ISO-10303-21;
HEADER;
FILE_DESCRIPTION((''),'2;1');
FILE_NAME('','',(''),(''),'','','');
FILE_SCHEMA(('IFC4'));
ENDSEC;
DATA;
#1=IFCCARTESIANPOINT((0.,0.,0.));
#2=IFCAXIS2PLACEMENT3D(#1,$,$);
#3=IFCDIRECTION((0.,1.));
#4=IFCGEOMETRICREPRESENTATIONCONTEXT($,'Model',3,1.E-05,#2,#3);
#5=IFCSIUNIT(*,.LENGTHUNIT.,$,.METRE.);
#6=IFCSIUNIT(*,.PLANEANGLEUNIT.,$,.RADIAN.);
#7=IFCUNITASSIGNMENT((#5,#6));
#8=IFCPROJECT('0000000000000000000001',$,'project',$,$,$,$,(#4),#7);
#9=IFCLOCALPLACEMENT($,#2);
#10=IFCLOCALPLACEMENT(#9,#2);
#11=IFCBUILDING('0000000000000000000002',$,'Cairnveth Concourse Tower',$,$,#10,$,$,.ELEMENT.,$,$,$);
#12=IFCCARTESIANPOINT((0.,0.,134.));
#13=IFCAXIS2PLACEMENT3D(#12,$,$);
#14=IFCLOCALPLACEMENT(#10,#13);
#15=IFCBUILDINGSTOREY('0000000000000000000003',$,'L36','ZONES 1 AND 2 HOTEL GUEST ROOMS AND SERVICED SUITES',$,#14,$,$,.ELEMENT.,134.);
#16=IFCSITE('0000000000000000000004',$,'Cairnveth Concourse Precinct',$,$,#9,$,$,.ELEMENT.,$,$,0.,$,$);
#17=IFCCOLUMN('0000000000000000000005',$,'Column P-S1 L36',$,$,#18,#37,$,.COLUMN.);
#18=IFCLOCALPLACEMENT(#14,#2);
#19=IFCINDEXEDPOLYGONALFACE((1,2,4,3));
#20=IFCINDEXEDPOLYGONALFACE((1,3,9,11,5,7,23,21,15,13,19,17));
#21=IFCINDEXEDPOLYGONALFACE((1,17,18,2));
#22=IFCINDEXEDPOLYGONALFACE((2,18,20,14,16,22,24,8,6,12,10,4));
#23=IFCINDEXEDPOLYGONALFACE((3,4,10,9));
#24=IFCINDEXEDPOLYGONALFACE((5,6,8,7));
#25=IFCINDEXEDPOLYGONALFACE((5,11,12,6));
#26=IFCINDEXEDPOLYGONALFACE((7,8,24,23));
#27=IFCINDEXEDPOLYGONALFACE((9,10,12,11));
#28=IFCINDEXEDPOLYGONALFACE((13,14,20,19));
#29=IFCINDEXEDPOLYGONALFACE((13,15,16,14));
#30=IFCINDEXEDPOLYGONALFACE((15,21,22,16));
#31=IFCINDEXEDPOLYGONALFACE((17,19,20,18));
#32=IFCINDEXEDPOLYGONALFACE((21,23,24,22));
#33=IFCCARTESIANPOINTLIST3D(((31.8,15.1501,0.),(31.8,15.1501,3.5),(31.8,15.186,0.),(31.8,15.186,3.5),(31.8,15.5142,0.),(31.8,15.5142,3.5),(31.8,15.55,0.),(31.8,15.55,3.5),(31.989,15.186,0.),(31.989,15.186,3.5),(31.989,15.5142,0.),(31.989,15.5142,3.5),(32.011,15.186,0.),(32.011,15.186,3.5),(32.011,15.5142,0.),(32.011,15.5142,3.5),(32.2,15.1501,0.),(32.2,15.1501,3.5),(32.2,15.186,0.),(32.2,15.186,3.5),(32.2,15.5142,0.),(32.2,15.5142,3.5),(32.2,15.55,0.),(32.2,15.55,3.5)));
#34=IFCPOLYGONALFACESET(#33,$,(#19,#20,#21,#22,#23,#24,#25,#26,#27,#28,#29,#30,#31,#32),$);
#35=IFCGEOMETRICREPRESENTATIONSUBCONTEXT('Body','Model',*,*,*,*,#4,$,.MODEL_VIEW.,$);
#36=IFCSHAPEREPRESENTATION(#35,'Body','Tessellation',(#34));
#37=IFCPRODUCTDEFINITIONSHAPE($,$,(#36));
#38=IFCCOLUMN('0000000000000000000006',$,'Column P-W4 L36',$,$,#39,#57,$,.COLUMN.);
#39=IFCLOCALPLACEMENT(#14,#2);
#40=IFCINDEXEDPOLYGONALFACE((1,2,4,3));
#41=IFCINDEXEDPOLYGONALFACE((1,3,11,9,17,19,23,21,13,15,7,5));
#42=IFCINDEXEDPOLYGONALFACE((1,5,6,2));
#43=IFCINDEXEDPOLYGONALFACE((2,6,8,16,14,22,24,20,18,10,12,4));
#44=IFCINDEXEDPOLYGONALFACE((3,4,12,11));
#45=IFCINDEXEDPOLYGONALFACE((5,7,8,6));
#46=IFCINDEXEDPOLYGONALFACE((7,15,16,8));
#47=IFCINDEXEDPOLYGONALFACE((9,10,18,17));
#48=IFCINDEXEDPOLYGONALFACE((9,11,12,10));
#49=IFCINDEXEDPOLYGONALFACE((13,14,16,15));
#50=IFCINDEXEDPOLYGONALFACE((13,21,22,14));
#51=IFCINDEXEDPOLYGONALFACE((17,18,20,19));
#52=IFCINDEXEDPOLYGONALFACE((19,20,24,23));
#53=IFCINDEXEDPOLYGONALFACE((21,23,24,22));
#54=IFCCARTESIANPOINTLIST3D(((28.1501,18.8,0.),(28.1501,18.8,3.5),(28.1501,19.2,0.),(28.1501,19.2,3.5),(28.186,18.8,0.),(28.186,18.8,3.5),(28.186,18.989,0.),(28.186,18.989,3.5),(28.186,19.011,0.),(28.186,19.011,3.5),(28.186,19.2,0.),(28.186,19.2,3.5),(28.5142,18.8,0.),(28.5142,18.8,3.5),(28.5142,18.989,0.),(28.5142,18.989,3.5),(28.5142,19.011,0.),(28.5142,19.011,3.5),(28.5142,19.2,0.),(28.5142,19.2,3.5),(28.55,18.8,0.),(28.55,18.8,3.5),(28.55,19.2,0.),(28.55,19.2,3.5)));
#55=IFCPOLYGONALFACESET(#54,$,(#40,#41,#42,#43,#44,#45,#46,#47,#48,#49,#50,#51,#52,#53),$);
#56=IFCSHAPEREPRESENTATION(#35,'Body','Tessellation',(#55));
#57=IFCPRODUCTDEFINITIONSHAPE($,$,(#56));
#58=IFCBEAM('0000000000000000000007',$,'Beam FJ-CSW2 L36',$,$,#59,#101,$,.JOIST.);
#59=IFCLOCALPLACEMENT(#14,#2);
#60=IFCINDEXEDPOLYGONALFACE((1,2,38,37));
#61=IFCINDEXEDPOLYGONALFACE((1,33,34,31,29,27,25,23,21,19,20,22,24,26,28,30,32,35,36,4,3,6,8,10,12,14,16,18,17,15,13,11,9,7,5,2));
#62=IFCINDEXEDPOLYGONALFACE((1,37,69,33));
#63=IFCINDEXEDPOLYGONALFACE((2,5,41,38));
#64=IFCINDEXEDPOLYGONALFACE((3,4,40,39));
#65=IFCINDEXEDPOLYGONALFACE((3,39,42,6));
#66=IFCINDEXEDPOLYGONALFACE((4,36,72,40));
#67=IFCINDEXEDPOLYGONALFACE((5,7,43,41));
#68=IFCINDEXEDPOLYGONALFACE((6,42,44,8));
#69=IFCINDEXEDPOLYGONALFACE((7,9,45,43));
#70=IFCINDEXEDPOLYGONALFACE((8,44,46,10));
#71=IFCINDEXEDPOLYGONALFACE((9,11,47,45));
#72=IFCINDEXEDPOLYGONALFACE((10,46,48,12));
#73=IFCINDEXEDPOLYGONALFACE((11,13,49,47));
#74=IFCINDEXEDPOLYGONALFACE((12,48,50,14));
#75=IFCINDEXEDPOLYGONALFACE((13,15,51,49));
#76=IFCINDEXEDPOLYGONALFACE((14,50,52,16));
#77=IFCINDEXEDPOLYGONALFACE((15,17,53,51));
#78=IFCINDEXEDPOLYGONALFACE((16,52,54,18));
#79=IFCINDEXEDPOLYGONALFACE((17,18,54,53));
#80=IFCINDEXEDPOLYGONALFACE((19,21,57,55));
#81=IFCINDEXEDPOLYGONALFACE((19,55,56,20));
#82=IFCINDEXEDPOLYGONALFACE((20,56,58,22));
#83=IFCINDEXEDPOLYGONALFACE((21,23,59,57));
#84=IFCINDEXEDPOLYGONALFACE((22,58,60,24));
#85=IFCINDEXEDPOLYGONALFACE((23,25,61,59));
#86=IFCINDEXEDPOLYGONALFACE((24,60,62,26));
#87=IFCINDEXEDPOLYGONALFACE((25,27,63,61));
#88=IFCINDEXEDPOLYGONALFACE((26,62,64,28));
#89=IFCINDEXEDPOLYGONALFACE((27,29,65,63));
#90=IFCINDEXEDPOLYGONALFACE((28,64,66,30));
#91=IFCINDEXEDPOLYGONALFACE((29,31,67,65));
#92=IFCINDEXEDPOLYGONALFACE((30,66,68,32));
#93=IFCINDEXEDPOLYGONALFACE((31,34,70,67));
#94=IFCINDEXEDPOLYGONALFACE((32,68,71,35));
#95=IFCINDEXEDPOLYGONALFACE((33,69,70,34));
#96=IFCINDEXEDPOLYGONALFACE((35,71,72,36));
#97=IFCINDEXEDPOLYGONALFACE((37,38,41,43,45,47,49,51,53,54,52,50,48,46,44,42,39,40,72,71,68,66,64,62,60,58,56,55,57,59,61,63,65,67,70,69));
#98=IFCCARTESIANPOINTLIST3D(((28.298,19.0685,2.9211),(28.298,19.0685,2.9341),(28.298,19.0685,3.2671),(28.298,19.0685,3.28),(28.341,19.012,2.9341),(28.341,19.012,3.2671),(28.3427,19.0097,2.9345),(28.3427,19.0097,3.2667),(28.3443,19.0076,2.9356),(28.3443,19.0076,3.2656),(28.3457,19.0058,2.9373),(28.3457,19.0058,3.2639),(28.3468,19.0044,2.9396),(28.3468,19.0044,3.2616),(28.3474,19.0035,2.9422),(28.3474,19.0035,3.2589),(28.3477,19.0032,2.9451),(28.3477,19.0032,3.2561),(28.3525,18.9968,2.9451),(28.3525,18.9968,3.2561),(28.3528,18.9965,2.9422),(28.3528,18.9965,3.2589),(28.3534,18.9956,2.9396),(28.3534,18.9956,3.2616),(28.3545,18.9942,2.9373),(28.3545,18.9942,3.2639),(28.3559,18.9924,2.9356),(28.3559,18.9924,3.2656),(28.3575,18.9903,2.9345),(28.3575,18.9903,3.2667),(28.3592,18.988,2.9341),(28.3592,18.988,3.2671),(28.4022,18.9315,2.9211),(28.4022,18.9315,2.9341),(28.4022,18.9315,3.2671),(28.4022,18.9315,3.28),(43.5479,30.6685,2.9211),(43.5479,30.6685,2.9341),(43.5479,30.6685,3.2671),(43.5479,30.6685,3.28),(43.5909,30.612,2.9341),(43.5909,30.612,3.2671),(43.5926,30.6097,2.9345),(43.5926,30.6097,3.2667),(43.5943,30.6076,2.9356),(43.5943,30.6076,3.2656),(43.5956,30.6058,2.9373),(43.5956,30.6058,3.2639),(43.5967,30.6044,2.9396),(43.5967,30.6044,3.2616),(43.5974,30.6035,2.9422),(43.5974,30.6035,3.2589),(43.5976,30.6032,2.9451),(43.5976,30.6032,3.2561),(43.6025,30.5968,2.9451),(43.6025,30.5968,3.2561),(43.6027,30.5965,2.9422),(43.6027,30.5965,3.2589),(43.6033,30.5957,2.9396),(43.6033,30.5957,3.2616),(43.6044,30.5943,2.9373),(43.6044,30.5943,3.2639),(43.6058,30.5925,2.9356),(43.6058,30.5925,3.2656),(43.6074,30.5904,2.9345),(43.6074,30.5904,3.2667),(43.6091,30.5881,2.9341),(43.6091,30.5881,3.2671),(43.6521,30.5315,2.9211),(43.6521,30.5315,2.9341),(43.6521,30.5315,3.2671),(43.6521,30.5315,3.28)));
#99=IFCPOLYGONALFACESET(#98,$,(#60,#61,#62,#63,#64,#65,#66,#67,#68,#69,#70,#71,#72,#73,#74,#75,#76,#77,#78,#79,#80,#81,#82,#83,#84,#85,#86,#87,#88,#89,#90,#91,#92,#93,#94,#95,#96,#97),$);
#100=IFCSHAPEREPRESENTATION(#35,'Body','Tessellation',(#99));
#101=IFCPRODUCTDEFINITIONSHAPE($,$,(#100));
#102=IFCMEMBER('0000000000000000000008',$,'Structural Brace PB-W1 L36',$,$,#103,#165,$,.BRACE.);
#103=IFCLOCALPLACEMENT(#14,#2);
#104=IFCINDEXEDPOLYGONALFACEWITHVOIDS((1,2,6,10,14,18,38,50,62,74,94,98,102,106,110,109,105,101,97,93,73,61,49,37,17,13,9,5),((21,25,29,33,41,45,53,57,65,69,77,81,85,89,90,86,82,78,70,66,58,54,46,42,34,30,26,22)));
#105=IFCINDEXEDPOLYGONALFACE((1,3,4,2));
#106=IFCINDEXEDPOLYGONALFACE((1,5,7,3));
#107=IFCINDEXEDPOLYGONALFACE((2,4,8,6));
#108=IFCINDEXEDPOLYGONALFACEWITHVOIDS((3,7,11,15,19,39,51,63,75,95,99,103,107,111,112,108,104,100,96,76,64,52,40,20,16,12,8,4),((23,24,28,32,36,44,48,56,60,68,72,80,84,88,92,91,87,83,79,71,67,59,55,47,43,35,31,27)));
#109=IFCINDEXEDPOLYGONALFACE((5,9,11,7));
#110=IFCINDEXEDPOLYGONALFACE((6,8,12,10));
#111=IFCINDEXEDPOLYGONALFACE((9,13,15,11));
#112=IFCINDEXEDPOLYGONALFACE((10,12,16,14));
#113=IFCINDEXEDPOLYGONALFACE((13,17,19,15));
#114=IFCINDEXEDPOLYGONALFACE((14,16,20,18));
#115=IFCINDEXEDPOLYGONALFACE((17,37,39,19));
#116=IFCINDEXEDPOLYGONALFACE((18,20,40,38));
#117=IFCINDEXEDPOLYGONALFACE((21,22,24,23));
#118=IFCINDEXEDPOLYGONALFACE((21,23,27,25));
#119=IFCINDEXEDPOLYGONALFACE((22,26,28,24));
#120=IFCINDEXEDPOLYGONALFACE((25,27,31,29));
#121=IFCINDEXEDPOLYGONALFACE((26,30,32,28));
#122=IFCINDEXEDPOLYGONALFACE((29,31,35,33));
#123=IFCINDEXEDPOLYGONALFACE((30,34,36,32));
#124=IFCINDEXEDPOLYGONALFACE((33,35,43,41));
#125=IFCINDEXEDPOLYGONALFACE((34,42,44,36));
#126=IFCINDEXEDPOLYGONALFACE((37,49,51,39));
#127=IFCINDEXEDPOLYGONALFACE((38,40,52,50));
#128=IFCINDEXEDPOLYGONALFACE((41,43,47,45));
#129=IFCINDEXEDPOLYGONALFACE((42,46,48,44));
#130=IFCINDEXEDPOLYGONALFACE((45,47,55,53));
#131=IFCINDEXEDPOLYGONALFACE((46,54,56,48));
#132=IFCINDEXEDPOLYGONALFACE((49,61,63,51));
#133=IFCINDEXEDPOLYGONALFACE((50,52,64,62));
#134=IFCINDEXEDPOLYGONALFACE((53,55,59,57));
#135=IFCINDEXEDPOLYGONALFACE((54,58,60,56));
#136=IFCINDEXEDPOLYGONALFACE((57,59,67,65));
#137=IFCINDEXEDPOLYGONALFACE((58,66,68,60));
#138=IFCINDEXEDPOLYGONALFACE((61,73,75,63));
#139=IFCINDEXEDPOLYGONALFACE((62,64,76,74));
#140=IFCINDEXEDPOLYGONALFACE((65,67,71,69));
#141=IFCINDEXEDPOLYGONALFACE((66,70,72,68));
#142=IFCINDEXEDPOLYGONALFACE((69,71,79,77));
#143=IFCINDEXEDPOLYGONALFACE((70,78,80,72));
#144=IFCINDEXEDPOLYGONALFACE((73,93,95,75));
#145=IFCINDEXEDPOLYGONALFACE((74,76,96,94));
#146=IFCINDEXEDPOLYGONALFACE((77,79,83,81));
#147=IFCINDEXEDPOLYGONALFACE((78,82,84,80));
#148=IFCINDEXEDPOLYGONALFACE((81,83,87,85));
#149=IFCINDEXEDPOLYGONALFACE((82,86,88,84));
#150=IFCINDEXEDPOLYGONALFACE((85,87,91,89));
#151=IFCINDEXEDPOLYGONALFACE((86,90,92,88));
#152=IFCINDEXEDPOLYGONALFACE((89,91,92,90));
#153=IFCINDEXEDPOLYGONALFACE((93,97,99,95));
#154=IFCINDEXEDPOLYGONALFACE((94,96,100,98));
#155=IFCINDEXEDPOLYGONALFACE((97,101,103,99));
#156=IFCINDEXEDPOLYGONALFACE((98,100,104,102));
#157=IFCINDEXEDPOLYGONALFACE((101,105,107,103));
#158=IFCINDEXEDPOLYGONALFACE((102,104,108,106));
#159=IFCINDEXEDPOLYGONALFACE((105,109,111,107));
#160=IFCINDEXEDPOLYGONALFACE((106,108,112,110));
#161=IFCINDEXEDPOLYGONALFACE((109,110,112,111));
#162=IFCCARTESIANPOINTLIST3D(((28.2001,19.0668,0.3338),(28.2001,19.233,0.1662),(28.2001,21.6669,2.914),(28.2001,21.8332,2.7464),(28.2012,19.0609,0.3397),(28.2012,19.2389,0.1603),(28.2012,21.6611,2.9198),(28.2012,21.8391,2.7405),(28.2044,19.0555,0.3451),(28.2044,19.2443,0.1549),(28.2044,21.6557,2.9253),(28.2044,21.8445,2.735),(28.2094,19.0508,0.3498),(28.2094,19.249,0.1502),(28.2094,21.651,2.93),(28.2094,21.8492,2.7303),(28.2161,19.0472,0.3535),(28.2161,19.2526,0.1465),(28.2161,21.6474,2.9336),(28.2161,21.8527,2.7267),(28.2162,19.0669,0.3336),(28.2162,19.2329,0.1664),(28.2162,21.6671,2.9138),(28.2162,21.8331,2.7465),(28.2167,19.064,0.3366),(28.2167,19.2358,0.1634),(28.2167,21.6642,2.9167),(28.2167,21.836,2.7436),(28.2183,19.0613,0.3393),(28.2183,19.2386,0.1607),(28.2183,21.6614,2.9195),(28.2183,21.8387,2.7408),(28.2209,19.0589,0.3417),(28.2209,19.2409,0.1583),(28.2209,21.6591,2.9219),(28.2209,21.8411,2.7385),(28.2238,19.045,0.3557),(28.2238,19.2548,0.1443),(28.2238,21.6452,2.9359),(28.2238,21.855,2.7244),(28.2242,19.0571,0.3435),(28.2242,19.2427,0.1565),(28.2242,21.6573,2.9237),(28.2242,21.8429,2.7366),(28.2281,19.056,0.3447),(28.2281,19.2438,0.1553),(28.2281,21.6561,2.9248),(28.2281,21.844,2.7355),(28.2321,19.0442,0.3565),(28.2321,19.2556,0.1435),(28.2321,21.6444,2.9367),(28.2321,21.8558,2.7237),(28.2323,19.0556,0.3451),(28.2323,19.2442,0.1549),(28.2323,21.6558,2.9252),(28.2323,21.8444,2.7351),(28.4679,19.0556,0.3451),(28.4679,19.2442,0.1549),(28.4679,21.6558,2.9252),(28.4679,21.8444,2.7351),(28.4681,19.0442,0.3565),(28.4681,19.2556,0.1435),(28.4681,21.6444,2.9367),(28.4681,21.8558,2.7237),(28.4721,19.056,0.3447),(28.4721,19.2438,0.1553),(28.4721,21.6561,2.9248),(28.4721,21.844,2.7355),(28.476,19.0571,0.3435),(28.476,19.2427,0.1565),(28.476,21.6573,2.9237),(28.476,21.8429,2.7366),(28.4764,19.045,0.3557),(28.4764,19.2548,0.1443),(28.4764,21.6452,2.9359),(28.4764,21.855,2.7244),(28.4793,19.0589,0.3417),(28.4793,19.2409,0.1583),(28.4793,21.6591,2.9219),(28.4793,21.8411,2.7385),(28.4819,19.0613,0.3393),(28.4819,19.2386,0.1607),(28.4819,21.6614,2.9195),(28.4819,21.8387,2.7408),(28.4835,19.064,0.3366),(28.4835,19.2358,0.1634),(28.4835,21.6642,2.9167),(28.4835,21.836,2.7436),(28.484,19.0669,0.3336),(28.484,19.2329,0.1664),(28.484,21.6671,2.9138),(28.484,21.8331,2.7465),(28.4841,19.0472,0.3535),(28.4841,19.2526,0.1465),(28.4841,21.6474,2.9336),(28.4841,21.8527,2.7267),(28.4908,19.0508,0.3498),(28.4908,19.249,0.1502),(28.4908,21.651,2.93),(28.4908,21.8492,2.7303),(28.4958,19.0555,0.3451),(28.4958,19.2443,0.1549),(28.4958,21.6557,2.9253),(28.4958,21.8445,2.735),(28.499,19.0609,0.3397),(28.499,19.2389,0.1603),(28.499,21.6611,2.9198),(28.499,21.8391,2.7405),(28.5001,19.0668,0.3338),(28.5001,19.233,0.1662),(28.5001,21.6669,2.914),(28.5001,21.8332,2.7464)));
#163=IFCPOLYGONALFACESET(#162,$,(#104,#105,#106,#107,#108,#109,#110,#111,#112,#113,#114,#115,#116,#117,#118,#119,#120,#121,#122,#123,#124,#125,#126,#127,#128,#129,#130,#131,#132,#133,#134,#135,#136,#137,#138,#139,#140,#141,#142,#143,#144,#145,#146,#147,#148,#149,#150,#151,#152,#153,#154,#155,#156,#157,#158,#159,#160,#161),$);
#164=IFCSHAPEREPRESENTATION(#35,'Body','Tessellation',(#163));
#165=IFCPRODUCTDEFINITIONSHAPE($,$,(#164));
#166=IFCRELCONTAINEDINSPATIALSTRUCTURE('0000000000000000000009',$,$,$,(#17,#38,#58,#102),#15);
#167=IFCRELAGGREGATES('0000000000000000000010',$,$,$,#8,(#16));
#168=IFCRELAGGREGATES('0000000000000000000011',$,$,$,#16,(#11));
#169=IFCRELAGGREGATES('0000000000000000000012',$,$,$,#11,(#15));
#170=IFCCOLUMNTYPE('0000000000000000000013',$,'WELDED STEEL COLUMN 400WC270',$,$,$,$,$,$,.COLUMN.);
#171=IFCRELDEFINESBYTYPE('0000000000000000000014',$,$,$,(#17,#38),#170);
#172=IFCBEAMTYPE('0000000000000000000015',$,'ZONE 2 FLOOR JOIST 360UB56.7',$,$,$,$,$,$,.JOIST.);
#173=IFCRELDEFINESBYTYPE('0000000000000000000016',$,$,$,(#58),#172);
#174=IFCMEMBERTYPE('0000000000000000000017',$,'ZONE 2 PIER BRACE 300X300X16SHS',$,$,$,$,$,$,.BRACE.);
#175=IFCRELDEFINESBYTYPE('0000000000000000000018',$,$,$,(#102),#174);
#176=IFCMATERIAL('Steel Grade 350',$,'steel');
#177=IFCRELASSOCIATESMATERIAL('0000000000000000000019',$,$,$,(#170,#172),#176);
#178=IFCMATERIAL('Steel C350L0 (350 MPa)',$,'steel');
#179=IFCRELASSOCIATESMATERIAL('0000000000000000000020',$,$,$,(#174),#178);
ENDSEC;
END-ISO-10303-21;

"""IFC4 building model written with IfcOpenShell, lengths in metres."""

from ifc_helpers import new_model, si_unit, direction, frame, origin, origin_2d, place, context, subcontext, project, spatial, hollow_rectangle, i_section, extrude, material, material_profile, profile_set, type_object, element, save


model = new_model("IFC4")

# Units and contexts
model_context = context("Model", 3, precision=1e-05, world=origin(), true_north=direction((0.0, 1.0)))
body_context = subcontext(model_context, "Body", "Model", "MODEL_VIEW")
ifc_project = project(units=[si_unit("LENGTHUNIT", "METRE"), si_unit("PLANEANGLEUNIT", "RADIAN")], contexts=[model_context])

# Site, building, storey
site_placement = place(None, origin())
site = spatial("IfcSite", under=ifc_project, at=site_placement, Name="Cairnveth Concourse Precinct", CompositionType="ELEMENT", RefElevation=0.0)
building_placement = place(site_placement, origin())
building = spatial("IfcBuilding", under=site, at=building_placement, Name="Cairnveth Concourse Tower", CompositionType="ELEMENT")
storey_placement = place(building_placement, frame((0.0, 0.0, 134.0)))
storey = spatial("IfcBuildingStorey", under=building, at=storey_placement, Name="L36", Description="ZONES 1 AND 2 HOTEL GUEST ROOMS AND SERVICED SUITES", CompositionType="ELEMENT", Elevation=134.0)

# Columns
ifc_material_1 = material(Name="Steel Grade 350", Category="steel")
ifc_material_profile_1 = material_profile(ifc_material_1, i_section(OverallWidth=0.3999, OverallDepth=0.3999, WebThickness=0.022, FlangeThickness=0.0359, at=origin_2d()), Name="400WC270")
ifc_profile_set_1 = profile_set([ifc_material_profile_1], Name="Steel Grade 350")
column_type = type_object("IfcColumnType", Name="WELDED STEEL COLUMN 400WC270", PredefinedType="COLUMN", material=ifc_profile_set_1)
for number, where, z_axis, x_axis, name in (
    (1, (32.0, 15.3501, 0.0), (0.0, 0.0, 1.0), (1.0, 0.0, 0.0), "Column P-S1 L36"),
    (2, (28.3501, 19.0, 0.0), (0.0, 0.0, 1.0), (0.0, 1.0, 0.0), "Column P-W4 L36"),
):
    element("IfcColumn", number, at=place(storey_placement, frame(where, z_axis=z_axis, x_axis=x_axis)), inside=storey, type_object=column_type, Name=name, PredefinedType="COLUMN", context=body_context, shape_type="SweptSolid", body=[
        extrude(i_section(OverallWidth=0.3999, OverallDepth=0.3999, WebThickness=0.022, FlangeThickness=0.0359, at=origin_2d()), origin(), (0.0, 0.0, 1.0), 3.5),
    ])

# Beam
ifc_material_profile_2 = material_profile(ifc_material_1, i_section(OverallWidth=0.1721, OverallDepth=0.3589, WebThickness=0.0081, FlangeThickness=0.0129, FilletRadius=0.011, at=origin_2d()), Name="360UB56.7")
ifc_profile_set_2 = profile_set([ifc_material_profile_2], Name="Steel Grade 350")
beam_type_1 = type_object("IfcBeamType", Name="ZONE 2 FLOOR JOIST 360UB56.7", PredefinedType="JOIST", material=ifc_profile_set_2)
beam_1_placement = place(storey_placement, frame((28.3501, 19.0, 3.1006), z_axis=(0.795908, 0.605417, 0.0), x_axis=(-0.605417, 0.795908, 0.0)))
element("IfcBeam", 3, at=beam_1_placement, inside=storey, type_object=beam_type_1, Name="Beam FJ-CSW2 L36", PredefinedType="JOIST", context=body_context, shape_type="SweptSolid", body=[
    extrude(i_section(OverallWidth=0.1721, OverallDepth=0.3589, WebThickness=0.0081, FlangeThickness=0.0129, FilletRadius=0.011, at=origin_2d()), origin(), (0.0, 0.0, 1.0), 19.1604),
])

# Member
ifc_material_2 = material(Name="Steel C350L0 (350 MPa)", Category="steel")
ifc_material_profile_3 = material_profile(ifc_material_2, hollow_rectangle(XDim=0.3, YDim=0.3, WallThickness=0.0161, InnerFilletRadius=0.0161, OuterFilletRadius=0.032, at=origin_2d()), Name="300x300x16.0SHS")
ifc_profile_set_3 = profile_set([ifc_material_profile_3], Name="Steel C350L0 (350 MPa)")
member_type = type_object("IfcMemberType", Name="ZONE 2 PIER BRACE 300X300X16SHS", PredefinedType="BRACE", material=ifc_profile_set_3)
member_placement = place(storey_placement, frame((28.3501, 19.1499, 0.25), z_axis=(0.0, 0.709834, 0.704369), x_axis=(-1.0, 0.0, 0.0)))
element("IfcMember", 4, at=member_placement, inside=storey, type_object=member_type, Name="Structural Brace PB-W1 L36", PredefinedType="BRACE", context=body_context, shape_type="SweptSolid", body=[
    extrude(hollow_rectangle(XDim=0.3, YDim=0.3, WallThickness=0.0161, InnerFilletRadius=0.0161, OuterFilletRadius=0.032, at=origin_2d()), origin(), (0.0, 0.0, 1.0), 3.6631),
])

save(model, "model.ifc")
